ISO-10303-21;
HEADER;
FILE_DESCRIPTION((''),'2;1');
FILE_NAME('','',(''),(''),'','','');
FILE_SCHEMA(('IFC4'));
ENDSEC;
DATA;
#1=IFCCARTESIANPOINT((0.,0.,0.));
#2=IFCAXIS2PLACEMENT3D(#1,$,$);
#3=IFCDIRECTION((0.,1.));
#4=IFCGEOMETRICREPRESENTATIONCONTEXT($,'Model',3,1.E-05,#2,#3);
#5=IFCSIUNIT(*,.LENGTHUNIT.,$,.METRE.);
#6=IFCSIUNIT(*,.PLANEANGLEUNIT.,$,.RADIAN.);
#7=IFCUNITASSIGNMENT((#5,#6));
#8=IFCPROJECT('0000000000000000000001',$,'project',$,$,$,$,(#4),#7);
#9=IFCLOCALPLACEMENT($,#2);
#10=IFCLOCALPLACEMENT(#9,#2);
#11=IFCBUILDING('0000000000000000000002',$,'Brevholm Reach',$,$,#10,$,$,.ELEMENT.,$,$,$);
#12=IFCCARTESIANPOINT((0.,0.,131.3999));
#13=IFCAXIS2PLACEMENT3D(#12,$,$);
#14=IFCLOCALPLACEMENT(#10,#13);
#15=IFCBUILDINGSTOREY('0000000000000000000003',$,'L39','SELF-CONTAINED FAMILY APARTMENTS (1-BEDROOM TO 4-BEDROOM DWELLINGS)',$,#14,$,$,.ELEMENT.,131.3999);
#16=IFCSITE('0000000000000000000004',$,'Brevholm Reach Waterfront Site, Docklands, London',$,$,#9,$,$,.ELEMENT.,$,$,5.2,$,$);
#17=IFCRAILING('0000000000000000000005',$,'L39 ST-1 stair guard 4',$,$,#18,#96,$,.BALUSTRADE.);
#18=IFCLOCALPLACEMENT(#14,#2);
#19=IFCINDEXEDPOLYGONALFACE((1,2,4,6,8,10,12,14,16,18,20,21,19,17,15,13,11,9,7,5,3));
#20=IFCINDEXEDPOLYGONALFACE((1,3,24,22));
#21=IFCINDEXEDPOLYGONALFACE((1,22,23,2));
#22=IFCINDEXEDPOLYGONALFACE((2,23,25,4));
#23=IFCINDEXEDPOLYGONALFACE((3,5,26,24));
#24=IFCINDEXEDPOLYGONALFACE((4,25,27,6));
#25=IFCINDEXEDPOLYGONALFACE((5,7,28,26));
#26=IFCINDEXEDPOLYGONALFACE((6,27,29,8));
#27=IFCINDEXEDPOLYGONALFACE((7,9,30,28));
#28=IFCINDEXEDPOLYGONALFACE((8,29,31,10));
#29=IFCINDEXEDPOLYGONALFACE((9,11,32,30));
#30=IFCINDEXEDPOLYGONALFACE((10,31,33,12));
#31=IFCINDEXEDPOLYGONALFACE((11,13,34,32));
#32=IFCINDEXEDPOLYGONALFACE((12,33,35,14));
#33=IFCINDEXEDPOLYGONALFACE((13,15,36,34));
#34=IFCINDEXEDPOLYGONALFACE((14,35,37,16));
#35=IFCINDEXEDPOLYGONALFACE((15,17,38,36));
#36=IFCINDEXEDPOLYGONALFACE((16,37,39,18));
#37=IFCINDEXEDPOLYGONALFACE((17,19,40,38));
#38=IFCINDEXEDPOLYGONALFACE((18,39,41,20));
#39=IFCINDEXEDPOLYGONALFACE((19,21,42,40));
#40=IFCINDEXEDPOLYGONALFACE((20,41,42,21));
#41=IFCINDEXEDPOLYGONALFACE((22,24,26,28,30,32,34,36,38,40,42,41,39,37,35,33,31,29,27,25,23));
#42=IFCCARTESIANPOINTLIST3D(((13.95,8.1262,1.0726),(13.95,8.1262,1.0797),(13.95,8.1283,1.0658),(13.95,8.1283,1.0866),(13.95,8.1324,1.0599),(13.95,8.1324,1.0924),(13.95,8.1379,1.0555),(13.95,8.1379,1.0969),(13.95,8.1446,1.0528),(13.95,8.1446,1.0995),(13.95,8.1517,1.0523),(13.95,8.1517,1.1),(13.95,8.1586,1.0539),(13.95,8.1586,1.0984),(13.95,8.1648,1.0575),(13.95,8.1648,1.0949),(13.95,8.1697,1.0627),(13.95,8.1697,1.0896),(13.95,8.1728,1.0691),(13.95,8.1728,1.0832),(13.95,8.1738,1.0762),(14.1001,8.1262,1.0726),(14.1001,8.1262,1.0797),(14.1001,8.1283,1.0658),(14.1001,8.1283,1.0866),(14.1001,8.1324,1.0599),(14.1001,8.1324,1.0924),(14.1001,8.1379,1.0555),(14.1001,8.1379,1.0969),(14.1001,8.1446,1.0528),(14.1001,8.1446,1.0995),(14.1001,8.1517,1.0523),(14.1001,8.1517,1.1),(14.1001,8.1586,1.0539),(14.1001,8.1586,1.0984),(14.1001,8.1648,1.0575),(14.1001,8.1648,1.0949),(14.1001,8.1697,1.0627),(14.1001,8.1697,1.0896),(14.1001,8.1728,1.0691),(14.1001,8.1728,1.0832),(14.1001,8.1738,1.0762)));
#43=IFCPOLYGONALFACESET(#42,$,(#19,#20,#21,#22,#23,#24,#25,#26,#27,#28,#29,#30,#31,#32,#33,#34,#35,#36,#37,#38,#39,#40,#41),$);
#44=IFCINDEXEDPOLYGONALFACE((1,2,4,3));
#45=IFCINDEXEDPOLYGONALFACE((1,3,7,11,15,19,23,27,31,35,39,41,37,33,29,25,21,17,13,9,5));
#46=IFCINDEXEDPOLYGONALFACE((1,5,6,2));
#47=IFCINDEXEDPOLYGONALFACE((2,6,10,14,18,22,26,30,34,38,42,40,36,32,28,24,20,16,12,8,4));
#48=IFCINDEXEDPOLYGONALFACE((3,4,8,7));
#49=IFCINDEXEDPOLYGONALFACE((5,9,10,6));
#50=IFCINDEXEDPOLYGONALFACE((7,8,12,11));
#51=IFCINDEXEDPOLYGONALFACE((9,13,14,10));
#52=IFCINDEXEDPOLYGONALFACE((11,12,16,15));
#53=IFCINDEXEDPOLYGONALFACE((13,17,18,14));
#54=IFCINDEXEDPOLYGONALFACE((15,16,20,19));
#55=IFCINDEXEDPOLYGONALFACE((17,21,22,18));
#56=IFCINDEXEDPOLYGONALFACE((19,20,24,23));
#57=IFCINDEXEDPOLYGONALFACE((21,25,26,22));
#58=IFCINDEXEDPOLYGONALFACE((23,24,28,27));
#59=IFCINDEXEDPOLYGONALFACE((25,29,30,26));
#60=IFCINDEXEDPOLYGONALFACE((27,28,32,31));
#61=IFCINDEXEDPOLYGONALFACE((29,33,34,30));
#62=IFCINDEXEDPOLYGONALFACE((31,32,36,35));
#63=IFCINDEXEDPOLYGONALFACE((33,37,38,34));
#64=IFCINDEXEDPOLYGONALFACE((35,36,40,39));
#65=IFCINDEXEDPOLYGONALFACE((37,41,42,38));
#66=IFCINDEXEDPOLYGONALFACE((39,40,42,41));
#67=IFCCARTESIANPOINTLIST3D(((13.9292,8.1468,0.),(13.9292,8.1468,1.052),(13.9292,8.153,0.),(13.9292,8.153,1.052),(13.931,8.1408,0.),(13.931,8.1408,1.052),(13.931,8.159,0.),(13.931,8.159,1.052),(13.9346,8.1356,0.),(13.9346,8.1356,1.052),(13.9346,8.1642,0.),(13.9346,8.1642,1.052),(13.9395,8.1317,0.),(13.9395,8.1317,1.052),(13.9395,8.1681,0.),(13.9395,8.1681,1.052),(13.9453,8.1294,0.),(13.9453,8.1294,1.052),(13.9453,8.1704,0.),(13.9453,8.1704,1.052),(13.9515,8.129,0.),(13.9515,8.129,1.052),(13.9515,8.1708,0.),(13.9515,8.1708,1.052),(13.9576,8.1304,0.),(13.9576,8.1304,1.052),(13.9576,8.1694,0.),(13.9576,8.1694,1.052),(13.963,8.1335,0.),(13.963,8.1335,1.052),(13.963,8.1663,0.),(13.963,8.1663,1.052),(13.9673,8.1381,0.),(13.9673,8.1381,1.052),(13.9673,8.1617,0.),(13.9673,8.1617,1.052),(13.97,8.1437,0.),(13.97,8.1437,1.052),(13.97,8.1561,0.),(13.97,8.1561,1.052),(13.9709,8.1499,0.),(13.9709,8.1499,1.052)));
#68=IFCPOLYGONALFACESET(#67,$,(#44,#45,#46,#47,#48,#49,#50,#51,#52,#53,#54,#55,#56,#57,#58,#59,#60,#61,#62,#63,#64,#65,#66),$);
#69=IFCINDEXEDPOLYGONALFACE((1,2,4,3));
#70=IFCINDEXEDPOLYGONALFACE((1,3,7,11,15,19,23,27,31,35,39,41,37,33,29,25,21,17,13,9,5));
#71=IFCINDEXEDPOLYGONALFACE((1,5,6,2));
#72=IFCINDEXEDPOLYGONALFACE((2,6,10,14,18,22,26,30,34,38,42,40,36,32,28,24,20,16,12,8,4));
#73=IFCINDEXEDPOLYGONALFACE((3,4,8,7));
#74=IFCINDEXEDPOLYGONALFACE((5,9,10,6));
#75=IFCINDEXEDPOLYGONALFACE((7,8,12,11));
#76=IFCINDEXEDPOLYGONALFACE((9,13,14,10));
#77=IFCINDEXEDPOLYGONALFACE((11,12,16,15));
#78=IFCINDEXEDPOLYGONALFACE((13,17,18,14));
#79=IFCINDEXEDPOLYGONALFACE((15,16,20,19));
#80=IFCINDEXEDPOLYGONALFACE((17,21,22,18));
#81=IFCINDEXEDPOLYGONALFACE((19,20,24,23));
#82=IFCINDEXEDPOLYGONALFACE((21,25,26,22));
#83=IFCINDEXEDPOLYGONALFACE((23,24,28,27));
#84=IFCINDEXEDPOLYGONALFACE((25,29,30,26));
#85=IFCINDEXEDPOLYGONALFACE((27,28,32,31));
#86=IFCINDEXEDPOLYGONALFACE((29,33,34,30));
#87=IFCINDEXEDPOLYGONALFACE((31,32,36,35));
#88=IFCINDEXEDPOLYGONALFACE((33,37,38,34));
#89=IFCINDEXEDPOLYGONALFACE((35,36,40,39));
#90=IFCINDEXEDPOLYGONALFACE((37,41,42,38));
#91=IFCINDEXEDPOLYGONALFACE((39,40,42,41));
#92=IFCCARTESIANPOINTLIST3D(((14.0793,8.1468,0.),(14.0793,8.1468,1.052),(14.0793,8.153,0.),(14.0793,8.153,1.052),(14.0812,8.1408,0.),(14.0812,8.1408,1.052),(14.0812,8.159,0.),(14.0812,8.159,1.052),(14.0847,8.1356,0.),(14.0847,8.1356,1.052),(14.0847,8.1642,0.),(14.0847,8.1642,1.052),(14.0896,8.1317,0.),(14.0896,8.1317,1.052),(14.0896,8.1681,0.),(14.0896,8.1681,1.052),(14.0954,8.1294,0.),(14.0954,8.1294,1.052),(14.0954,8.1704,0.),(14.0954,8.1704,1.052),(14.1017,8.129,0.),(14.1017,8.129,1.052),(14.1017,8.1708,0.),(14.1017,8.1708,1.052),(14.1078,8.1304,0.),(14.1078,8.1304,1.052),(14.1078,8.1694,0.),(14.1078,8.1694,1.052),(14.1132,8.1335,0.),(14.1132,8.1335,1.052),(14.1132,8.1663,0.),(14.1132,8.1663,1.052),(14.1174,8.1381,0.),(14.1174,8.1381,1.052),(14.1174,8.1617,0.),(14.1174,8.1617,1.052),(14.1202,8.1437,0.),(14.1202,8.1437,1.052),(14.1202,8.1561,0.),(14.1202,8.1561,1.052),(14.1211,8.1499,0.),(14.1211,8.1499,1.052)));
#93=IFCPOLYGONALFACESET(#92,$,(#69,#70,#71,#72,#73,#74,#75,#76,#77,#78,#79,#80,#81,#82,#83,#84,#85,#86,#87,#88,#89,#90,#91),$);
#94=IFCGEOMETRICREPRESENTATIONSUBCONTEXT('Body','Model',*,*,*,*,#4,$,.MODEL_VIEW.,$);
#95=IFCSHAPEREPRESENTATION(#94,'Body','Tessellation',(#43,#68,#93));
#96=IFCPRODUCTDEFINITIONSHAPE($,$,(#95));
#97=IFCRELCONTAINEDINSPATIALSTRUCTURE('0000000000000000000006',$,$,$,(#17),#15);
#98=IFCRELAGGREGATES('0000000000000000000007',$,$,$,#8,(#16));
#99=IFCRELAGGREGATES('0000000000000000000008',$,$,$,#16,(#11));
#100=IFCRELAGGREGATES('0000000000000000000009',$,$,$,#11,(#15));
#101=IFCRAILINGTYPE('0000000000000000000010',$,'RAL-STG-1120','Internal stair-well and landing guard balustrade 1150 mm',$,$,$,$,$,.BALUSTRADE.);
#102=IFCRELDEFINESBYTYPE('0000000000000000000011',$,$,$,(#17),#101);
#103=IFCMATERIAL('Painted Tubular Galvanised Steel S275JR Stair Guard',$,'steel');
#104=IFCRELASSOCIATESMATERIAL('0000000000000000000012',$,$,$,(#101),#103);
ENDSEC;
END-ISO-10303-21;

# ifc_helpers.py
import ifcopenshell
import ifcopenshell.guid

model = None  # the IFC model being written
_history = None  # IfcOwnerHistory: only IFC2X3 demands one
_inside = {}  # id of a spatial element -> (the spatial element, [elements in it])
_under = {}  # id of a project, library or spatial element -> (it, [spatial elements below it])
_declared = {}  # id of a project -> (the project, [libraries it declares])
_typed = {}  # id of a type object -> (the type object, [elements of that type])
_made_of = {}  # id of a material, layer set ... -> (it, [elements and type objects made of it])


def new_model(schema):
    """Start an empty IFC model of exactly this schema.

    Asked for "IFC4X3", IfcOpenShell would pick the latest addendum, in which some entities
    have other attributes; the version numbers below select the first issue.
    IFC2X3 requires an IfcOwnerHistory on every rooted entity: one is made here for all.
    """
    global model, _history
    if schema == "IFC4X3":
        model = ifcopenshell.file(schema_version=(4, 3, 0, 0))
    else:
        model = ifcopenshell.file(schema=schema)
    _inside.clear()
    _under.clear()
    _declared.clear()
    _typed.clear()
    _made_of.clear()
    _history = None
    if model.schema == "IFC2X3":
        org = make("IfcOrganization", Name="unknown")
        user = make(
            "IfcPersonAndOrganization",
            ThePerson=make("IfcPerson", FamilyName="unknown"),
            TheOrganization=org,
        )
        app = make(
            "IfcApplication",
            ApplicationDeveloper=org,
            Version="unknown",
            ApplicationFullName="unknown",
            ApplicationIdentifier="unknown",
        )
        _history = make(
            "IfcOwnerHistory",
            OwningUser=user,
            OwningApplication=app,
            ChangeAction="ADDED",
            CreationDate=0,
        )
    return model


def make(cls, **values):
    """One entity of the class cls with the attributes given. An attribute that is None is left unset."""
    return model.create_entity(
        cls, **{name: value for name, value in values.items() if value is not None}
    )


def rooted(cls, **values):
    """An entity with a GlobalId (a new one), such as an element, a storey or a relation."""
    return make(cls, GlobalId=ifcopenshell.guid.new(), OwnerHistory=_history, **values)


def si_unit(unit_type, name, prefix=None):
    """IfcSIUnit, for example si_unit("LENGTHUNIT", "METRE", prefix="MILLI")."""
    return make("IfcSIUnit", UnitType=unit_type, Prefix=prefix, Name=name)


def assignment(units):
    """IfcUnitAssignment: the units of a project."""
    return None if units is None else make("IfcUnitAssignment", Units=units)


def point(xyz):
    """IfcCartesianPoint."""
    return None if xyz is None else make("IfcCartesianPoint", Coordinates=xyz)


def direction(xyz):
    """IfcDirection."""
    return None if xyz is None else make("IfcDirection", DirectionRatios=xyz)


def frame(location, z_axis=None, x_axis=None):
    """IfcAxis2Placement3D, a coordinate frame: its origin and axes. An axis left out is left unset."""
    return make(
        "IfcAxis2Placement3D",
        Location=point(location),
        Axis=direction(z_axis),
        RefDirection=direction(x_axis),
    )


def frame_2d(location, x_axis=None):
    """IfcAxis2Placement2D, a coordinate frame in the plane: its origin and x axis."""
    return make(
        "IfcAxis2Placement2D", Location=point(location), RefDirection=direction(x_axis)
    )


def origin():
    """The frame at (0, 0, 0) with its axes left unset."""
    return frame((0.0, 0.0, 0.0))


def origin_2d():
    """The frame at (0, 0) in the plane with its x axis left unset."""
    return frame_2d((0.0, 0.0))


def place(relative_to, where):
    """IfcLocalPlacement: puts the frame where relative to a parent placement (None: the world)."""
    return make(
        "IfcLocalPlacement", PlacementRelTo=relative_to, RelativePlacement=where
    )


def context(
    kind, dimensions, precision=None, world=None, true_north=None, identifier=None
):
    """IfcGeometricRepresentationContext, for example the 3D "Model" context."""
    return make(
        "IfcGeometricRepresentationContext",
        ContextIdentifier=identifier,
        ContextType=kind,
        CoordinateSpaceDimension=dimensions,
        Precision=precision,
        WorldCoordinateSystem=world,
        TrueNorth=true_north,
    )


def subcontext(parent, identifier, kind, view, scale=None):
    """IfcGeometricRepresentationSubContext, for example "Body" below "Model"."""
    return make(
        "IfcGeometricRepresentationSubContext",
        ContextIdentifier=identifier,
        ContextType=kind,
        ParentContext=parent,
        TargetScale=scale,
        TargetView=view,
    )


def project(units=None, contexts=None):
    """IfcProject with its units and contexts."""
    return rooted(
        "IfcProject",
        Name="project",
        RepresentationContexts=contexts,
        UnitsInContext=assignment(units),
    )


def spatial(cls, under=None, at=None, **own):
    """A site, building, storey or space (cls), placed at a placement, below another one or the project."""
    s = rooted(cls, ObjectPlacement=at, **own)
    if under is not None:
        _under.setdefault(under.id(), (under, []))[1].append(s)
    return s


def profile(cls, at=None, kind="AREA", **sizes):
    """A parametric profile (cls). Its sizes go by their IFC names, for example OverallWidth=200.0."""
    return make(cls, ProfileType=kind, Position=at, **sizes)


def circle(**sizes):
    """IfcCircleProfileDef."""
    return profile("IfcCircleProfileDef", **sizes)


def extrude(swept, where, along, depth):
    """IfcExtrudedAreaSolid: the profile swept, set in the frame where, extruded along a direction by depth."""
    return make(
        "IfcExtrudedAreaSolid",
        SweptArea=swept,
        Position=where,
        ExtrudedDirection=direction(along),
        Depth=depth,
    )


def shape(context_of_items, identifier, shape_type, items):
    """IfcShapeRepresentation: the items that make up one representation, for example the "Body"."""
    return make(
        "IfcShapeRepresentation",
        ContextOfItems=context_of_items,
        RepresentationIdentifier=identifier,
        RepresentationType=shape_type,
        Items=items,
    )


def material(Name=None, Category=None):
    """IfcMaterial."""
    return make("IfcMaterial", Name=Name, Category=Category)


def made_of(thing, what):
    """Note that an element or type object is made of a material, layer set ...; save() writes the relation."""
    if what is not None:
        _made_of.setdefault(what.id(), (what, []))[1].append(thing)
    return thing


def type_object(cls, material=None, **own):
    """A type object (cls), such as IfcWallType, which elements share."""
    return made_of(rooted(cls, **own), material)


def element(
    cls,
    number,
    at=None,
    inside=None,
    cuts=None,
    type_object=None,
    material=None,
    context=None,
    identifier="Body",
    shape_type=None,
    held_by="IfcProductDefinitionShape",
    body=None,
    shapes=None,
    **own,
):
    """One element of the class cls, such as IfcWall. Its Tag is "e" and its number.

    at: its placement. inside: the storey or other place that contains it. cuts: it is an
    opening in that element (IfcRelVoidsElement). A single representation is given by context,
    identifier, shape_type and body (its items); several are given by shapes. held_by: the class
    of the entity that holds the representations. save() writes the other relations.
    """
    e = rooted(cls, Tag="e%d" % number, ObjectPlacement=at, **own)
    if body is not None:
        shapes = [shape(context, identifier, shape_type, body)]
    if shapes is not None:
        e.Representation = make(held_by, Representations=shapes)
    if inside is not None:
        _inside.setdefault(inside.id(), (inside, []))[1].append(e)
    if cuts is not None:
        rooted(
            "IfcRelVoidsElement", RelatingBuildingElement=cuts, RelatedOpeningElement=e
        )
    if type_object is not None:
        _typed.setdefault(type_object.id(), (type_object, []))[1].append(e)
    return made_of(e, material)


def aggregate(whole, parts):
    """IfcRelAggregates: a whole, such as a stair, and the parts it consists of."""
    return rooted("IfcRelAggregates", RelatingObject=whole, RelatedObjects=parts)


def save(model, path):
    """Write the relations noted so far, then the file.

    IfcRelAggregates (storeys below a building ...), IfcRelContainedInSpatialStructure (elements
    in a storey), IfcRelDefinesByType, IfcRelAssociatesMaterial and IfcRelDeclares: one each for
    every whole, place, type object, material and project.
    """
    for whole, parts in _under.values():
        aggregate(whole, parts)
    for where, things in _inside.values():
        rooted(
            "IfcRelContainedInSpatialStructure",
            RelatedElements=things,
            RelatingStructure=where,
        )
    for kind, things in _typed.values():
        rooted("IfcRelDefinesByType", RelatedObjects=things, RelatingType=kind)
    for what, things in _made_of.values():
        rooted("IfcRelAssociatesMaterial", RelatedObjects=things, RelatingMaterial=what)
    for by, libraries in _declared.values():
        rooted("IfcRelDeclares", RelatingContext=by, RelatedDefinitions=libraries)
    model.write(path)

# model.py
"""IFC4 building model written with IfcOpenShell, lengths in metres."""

from ifc_helpers import new_model, si_unit, direction, frame, origin, origin_2d, place, context, subcontext, project, spatial, circle, extrude, material, type_object, element, save


model = new_model("IFC4")

# Units and contexts
model_context = context("Model", 3, precision=1e-05, world=origin(), true_north=direction((0.0, 1.0)))
body_context = subcontext(model_context, "Body", "Model", "MODEL_VIEW")
ifc_project = project(units=[si_unit("LENGTHUNIT", "METRE"), si_unit("PLANEANGLEUNIT", "RADIAN")], contexts=[model_context])

# Site, building, storey
site_placement = place(None, origin())
site = spatial("IfcSite", under=ifc_project, at=site_placement, Name="Brevholm Reach Waterfront Site, Docklands, London", CompositionType="ELEMENT", RefElevation=5.2)
building_placement = place(site_placement, origin())
building = spatial("IfcBuilding", under=site, at=building_placement, Name="Brevholm Reach", CompositionType="ELEMENT")
storey_placement = place(building_placement, frame((0.0, 0.0, 131.3999)))
storey = spatial("IfcBuildingStorey", under=building, at=storey_placement, Name="L39", Description="SELF-CONTAINED FAMILY APARTMENTS (1-BEDROOM TO 4-BEDROOM DWELLINGS)", CompositionType="ELEMENT", Elevation=131.3999)

# Railing
ifc_material_1 = material(Name="Painted Tubular Galvanised Steel S275JR Stair Guard", Category="steel")
railing_type_1 = type_object("IfcRailingType", Name="RAL-STG-1120", Description="Internal stair-well and landing guard balustrade 1150 mm", PredefinedType="BALUSTRADE", material=ifc_material_1)
railing_1_placement = place(storey_placement, frame((13.95, 8.1499, 0.0)))
element("IfcRailing", 1, at=railing_1_placement, inside=storey, type_object=railing_type_1, Name="L39 ST-1 stair guard 4", PredefinedType="BALUSTRADE", context=body_context, shape_type="SweptSolid", body=[
    extrude(circle(Radius=0.0239, at=origin_2d()), frame((0.0, 0.0, 1.0762), z_axis=(1.0, 0.0, 0.0), x_axis=(0.0, 1.0, 0.0)), (0.0, 0.0, 1.0), 0.1501),
    extrude(circle(Radius=0.021, at=origin_2d()), origin(), (0.0, 0.0, 1.0), 1.052),
    extrude(circle(Radius=0.021, at=origin_2d()), frame((0.1501, 0.0, 0.0)), (0.0, 0.0, 1.0), 1.052),
])

save(model, "model.ifc")
